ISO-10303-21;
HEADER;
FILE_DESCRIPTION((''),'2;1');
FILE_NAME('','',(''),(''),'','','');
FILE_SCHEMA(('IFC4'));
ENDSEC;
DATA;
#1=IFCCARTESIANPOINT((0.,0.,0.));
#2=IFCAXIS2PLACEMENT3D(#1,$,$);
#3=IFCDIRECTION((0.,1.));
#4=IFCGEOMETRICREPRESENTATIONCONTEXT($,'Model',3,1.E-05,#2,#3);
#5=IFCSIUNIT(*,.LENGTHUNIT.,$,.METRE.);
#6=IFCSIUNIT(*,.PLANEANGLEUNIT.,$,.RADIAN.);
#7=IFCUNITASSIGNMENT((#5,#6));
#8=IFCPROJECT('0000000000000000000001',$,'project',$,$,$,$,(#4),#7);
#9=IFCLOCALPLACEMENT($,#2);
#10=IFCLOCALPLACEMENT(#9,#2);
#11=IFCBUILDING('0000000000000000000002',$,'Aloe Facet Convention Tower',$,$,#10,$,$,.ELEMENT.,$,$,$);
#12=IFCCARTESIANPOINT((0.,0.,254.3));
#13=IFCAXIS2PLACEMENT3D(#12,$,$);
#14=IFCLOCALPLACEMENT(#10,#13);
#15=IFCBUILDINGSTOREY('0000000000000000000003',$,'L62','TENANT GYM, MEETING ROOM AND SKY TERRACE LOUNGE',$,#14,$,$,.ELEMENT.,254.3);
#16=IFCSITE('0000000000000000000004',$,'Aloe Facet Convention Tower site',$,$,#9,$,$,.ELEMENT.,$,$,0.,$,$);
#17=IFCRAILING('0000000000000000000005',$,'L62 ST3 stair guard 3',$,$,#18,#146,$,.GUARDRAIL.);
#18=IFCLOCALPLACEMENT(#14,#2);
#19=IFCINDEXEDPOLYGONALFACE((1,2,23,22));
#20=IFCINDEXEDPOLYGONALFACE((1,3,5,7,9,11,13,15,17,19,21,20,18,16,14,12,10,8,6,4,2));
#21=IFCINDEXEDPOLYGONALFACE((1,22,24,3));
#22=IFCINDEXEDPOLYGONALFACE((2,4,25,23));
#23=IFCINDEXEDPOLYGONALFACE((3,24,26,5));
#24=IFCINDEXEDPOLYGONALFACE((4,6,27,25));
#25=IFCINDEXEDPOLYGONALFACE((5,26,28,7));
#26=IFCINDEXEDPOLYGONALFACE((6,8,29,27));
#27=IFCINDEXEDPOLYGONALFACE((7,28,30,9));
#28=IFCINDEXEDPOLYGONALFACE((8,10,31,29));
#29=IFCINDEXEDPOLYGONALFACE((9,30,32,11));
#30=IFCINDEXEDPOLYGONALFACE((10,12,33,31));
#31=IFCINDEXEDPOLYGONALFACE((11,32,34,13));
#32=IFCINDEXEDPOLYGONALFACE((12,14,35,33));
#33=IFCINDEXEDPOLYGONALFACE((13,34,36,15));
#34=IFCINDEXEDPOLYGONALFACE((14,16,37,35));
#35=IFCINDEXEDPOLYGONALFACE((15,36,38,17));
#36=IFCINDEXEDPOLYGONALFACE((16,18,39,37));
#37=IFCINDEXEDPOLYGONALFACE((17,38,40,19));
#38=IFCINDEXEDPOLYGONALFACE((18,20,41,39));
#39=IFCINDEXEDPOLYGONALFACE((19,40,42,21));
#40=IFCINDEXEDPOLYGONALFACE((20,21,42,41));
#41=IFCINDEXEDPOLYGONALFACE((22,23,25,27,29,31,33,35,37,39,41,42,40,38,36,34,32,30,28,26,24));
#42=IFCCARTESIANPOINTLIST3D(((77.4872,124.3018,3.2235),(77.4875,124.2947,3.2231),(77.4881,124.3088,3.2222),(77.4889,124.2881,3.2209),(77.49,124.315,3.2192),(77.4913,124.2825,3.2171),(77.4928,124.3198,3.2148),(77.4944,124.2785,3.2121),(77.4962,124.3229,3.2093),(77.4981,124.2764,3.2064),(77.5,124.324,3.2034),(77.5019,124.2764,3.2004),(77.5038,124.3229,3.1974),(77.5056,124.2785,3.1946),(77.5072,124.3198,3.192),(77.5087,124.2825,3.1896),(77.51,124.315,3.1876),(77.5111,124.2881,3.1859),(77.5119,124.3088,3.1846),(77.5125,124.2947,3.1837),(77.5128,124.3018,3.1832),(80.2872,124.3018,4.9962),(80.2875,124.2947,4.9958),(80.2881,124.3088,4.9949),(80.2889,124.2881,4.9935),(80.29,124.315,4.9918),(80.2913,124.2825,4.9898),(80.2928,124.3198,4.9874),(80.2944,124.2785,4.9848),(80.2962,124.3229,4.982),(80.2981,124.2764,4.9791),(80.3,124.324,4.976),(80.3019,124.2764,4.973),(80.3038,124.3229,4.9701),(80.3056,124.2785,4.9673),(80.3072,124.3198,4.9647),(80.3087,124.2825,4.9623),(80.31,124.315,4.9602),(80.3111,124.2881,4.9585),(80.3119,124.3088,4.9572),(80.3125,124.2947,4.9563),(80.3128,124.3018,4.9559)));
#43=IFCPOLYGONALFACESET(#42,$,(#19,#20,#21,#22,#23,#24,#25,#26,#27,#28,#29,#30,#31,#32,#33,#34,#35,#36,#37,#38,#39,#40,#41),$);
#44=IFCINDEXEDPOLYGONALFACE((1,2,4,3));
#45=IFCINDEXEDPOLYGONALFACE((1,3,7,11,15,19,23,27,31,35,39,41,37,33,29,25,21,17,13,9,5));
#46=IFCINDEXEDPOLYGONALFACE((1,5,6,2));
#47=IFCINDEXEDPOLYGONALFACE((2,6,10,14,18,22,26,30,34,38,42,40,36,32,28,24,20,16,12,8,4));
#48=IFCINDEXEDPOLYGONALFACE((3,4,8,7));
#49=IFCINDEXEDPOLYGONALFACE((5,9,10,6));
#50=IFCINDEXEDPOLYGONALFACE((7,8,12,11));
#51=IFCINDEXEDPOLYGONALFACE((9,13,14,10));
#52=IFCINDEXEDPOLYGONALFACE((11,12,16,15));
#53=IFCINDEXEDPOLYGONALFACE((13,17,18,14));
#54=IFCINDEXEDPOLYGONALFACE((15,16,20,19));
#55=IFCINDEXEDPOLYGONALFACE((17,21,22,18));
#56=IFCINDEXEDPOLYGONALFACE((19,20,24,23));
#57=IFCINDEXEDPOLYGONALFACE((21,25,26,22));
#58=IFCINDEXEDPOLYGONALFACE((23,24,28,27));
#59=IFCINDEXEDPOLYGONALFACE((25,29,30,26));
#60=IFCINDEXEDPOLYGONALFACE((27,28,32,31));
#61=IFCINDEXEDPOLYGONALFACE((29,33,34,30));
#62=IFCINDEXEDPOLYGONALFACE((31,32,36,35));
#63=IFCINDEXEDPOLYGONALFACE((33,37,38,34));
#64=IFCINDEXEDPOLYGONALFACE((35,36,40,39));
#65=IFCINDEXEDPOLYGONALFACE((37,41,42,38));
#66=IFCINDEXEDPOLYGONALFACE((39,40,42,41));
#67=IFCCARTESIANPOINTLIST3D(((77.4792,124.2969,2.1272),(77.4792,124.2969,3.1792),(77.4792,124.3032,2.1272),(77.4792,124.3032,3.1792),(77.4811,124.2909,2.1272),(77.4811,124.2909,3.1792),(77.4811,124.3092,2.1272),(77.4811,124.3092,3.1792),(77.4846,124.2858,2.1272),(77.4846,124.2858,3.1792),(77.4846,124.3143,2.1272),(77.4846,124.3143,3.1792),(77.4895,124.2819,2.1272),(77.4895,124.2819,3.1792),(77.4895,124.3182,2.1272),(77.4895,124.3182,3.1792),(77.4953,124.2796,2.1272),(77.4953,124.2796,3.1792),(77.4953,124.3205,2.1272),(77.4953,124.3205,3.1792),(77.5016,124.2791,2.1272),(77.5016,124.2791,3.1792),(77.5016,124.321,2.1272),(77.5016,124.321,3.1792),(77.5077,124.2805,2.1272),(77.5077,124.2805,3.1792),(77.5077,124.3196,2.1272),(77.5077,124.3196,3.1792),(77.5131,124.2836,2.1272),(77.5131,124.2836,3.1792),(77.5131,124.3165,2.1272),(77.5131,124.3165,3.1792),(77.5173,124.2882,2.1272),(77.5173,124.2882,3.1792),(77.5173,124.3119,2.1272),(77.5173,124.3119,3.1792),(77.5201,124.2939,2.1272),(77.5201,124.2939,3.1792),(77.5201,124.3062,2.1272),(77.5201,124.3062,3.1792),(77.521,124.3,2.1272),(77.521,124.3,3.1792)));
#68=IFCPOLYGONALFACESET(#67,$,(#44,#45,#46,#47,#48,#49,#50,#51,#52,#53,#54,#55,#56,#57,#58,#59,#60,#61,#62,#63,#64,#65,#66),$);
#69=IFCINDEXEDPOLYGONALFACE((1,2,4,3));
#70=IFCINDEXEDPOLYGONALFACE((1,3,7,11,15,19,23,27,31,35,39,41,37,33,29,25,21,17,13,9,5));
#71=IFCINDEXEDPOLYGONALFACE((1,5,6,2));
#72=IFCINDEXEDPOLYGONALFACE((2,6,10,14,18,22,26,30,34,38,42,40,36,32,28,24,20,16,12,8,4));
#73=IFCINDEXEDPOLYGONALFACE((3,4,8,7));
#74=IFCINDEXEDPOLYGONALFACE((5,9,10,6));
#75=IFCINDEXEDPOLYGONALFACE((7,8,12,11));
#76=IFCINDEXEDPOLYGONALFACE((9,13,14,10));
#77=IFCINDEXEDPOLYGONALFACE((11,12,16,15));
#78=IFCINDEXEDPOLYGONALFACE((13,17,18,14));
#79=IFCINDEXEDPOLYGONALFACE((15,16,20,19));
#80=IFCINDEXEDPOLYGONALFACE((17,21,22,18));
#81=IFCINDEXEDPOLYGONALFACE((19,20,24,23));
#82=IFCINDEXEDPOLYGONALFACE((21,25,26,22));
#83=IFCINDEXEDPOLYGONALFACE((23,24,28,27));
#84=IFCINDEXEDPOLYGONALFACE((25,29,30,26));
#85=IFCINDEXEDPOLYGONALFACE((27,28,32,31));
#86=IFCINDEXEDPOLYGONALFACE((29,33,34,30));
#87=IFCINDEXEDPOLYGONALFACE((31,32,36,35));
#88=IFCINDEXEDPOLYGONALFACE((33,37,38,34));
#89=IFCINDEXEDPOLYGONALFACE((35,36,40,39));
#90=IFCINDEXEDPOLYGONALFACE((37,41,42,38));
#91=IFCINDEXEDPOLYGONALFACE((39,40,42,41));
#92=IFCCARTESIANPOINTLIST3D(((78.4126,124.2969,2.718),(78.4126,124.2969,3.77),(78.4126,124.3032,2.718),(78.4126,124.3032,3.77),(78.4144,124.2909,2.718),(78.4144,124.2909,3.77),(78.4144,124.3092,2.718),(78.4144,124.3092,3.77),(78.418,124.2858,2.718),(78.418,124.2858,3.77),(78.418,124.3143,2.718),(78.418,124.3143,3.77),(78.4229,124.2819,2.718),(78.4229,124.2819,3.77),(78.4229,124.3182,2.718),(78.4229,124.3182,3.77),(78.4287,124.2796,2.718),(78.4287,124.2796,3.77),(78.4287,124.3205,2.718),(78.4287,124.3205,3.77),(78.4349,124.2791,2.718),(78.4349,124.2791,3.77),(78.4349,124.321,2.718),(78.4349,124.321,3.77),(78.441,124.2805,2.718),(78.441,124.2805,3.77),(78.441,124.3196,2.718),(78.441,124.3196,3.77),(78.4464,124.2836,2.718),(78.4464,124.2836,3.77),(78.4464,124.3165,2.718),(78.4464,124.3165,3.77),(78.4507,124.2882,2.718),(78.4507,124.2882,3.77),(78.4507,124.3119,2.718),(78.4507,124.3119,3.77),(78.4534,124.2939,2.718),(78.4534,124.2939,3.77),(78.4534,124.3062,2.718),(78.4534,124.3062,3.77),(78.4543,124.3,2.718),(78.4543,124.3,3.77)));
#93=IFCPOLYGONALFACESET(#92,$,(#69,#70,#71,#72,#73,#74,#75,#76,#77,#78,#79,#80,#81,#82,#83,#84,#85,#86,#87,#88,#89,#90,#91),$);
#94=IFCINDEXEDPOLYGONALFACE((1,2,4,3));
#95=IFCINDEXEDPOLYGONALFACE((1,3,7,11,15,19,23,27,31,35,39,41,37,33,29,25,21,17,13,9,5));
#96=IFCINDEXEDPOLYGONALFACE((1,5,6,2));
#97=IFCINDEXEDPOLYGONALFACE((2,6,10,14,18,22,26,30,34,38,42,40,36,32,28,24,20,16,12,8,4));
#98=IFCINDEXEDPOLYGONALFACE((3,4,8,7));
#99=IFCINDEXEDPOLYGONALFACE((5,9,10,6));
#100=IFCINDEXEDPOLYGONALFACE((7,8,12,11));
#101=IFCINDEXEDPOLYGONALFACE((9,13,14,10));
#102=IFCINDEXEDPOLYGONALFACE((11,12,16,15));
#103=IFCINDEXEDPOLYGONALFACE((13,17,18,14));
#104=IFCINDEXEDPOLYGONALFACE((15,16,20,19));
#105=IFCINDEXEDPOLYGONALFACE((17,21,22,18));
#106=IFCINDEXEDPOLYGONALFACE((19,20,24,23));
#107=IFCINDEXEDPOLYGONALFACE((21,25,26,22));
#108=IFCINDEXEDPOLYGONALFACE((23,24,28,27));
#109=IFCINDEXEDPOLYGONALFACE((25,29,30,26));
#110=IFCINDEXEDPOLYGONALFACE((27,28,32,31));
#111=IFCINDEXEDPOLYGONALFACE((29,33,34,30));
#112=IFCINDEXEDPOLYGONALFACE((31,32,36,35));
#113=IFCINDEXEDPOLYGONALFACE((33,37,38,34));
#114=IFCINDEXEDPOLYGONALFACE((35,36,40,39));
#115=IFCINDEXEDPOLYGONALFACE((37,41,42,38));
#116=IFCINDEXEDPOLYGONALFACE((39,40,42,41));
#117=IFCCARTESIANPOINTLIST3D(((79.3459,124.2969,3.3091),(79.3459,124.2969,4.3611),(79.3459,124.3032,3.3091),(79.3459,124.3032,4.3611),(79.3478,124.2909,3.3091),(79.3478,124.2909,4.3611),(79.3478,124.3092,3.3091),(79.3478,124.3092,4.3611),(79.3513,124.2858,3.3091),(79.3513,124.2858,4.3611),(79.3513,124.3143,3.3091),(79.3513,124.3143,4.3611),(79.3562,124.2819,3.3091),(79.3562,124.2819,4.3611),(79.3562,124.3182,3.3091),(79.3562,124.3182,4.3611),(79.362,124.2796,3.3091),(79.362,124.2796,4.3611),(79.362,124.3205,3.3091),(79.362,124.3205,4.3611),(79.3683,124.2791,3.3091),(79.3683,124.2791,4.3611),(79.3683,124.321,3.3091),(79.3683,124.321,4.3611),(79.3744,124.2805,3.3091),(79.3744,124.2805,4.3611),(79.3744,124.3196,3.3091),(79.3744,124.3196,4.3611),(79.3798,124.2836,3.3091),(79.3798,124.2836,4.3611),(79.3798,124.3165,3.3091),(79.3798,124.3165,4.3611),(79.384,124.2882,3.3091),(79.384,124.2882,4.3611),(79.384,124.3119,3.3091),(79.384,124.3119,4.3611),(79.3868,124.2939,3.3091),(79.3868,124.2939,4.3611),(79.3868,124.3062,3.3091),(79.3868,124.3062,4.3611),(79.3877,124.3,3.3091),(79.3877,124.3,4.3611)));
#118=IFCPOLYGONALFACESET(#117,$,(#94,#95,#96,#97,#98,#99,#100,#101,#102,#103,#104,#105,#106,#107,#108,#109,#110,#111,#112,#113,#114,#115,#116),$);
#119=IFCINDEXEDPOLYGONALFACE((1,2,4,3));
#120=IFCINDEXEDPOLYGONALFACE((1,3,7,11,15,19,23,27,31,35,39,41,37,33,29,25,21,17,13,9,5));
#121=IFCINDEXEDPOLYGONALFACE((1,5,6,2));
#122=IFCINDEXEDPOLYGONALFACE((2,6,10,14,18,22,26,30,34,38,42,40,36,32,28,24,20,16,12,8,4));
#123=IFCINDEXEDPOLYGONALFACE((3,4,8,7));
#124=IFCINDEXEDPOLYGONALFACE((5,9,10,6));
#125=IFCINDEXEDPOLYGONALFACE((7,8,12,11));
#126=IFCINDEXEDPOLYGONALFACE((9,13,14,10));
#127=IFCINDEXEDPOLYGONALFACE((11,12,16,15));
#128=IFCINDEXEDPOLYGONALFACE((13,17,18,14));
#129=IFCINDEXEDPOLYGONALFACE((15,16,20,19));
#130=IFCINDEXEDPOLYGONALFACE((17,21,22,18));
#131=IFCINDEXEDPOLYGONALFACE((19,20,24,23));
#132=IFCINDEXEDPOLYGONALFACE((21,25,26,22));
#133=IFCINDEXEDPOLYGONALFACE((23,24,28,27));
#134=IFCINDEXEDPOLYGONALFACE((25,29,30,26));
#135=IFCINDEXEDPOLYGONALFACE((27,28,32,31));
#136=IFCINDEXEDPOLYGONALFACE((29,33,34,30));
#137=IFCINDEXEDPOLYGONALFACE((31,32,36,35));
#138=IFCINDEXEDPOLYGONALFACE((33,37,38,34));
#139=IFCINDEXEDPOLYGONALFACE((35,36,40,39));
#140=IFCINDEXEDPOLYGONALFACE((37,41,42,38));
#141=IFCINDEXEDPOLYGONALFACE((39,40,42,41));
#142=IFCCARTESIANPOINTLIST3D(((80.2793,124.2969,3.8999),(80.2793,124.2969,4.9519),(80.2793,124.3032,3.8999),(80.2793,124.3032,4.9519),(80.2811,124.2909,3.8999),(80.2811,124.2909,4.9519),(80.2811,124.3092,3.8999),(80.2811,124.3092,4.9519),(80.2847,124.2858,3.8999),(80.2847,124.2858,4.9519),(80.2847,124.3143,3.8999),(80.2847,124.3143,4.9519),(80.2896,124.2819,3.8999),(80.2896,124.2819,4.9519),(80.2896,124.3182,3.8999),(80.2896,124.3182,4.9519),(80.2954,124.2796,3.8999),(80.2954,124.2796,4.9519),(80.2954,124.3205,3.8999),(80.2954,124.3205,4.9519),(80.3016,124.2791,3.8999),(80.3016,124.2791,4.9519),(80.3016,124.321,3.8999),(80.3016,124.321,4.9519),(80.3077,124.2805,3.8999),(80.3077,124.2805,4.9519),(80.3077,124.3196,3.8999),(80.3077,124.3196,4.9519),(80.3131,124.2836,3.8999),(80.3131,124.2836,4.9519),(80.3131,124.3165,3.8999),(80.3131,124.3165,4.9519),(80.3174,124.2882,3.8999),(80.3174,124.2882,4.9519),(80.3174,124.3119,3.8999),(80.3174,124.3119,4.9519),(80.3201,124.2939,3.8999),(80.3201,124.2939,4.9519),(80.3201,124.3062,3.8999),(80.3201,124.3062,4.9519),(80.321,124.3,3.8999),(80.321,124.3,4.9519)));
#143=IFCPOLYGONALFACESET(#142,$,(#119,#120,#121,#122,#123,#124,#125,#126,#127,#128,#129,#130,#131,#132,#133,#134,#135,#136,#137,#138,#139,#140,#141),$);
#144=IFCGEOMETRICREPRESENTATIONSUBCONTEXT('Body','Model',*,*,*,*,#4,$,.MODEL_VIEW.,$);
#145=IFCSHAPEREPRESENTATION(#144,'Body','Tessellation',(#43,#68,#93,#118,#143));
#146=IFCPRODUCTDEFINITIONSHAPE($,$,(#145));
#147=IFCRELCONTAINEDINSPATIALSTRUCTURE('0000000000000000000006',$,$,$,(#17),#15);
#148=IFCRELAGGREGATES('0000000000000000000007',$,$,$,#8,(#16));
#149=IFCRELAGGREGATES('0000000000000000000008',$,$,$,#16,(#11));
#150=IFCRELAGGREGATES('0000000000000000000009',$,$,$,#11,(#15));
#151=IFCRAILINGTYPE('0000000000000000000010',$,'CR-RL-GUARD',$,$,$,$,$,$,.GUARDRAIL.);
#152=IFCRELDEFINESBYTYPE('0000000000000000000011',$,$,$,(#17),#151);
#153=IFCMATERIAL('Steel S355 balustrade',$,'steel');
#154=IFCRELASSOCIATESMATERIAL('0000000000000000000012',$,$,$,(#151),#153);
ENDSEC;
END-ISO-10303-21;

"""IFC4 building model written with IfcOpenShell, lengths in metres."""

from ifc_helpers import new_model, si_unit, direction, frame, origin, origin_2d, place, context, subcontext, project, spatial, circle, extrude, material, type_object, element, save


model = new_model("IFC4")

# Units and contexts
model_context = context("Model", 3, precision=1e-05, world=origin(), true_north=direction((0.0, 1.0)))
body_context = subcontext(model_context, "Body", "Model", "MODEL_VIEW")
ifc_project = project(units=[si_unit("LENGTHUNIT", "METRE"), si_unit("PLANEANGLEUNIT", "RADIAN")], contexts=[model_context])

# Site, building, storey
site_placement = place(None, origin())
site = spatial("IfcSite", under=ifc_project, at=site_placement, Name="Aloe Facet Convention Tower site", CompositionType="ELEMENT", RefElevation=0.0)
building_placement = place(site_placement, origin())
building = spatial("IfcBuilding", under=site, at=building_placement, Name="Aloe Facet Convention Tower", CompositionType="ELEMENT")
storey_placement = place(building_placement, frame((0.0, 0.0, 254.3)))
storey = spatial("IfcBuildingStorey", under=building, at=storey_placement, Name="L62", Description="TENANT GYM, MEETING ROOM AND SKY TERRACE LOUNGE", CompositionType="ELEMENT", Elevation=254.3)

# Railing
ifc_material_1 = material(Name="Steel S355 balustrade", Category="steel")
railing_type_1 = type_object("IfcRailingType", Name="CR-RL-GUARD", PredefinedType="GUARDRAIL", material=ifc_material_1)
railing_1_placement = place(storey_placement, frame((77.5, 124.3, 2.1272)))
element("IfcRailing", 1, at=railing_1_placement, inside=storey, type_object=railing_type_1, Name="L62 ST3 stair guard 3", PredefinedType="GUARDRAIL", context=body_context, shape_type="SweptSolid", body=[
    extrude(circle(Radius=0.0239, at=origin_2d()), frame((0.0, 0.0, 1.0762), z_axis=(0.844909, 0.0, 0.53491), x_axis=(0.0, 1.0, 0.0)), (0.0, 0.0, 1.0), 3.314),
    extrude(circle(Radius=0.021, at=origin_2d()), origin(), (0.0, 0.0, 1.0), 1.052),
    extrude(circle(Radius=0.021, at=origin_2d()), frame((0.9333, 0.0, 0.5908)), (0.0, 0.0, 1.0), 1.052),
    extrude(circle(Radius=0.021, at=origin_2d()), frame((1.8667, 0.0, 1.1819)), (0.0, 0.0, 1.0), 1.052),
    extrude(circle(Radius=0.021, at=origin_2d()), frame((2.8, 0.0, 1.7727)), (0.0, 0.0, 1.0), 1.052),
])

save(model, "model.ifc")
